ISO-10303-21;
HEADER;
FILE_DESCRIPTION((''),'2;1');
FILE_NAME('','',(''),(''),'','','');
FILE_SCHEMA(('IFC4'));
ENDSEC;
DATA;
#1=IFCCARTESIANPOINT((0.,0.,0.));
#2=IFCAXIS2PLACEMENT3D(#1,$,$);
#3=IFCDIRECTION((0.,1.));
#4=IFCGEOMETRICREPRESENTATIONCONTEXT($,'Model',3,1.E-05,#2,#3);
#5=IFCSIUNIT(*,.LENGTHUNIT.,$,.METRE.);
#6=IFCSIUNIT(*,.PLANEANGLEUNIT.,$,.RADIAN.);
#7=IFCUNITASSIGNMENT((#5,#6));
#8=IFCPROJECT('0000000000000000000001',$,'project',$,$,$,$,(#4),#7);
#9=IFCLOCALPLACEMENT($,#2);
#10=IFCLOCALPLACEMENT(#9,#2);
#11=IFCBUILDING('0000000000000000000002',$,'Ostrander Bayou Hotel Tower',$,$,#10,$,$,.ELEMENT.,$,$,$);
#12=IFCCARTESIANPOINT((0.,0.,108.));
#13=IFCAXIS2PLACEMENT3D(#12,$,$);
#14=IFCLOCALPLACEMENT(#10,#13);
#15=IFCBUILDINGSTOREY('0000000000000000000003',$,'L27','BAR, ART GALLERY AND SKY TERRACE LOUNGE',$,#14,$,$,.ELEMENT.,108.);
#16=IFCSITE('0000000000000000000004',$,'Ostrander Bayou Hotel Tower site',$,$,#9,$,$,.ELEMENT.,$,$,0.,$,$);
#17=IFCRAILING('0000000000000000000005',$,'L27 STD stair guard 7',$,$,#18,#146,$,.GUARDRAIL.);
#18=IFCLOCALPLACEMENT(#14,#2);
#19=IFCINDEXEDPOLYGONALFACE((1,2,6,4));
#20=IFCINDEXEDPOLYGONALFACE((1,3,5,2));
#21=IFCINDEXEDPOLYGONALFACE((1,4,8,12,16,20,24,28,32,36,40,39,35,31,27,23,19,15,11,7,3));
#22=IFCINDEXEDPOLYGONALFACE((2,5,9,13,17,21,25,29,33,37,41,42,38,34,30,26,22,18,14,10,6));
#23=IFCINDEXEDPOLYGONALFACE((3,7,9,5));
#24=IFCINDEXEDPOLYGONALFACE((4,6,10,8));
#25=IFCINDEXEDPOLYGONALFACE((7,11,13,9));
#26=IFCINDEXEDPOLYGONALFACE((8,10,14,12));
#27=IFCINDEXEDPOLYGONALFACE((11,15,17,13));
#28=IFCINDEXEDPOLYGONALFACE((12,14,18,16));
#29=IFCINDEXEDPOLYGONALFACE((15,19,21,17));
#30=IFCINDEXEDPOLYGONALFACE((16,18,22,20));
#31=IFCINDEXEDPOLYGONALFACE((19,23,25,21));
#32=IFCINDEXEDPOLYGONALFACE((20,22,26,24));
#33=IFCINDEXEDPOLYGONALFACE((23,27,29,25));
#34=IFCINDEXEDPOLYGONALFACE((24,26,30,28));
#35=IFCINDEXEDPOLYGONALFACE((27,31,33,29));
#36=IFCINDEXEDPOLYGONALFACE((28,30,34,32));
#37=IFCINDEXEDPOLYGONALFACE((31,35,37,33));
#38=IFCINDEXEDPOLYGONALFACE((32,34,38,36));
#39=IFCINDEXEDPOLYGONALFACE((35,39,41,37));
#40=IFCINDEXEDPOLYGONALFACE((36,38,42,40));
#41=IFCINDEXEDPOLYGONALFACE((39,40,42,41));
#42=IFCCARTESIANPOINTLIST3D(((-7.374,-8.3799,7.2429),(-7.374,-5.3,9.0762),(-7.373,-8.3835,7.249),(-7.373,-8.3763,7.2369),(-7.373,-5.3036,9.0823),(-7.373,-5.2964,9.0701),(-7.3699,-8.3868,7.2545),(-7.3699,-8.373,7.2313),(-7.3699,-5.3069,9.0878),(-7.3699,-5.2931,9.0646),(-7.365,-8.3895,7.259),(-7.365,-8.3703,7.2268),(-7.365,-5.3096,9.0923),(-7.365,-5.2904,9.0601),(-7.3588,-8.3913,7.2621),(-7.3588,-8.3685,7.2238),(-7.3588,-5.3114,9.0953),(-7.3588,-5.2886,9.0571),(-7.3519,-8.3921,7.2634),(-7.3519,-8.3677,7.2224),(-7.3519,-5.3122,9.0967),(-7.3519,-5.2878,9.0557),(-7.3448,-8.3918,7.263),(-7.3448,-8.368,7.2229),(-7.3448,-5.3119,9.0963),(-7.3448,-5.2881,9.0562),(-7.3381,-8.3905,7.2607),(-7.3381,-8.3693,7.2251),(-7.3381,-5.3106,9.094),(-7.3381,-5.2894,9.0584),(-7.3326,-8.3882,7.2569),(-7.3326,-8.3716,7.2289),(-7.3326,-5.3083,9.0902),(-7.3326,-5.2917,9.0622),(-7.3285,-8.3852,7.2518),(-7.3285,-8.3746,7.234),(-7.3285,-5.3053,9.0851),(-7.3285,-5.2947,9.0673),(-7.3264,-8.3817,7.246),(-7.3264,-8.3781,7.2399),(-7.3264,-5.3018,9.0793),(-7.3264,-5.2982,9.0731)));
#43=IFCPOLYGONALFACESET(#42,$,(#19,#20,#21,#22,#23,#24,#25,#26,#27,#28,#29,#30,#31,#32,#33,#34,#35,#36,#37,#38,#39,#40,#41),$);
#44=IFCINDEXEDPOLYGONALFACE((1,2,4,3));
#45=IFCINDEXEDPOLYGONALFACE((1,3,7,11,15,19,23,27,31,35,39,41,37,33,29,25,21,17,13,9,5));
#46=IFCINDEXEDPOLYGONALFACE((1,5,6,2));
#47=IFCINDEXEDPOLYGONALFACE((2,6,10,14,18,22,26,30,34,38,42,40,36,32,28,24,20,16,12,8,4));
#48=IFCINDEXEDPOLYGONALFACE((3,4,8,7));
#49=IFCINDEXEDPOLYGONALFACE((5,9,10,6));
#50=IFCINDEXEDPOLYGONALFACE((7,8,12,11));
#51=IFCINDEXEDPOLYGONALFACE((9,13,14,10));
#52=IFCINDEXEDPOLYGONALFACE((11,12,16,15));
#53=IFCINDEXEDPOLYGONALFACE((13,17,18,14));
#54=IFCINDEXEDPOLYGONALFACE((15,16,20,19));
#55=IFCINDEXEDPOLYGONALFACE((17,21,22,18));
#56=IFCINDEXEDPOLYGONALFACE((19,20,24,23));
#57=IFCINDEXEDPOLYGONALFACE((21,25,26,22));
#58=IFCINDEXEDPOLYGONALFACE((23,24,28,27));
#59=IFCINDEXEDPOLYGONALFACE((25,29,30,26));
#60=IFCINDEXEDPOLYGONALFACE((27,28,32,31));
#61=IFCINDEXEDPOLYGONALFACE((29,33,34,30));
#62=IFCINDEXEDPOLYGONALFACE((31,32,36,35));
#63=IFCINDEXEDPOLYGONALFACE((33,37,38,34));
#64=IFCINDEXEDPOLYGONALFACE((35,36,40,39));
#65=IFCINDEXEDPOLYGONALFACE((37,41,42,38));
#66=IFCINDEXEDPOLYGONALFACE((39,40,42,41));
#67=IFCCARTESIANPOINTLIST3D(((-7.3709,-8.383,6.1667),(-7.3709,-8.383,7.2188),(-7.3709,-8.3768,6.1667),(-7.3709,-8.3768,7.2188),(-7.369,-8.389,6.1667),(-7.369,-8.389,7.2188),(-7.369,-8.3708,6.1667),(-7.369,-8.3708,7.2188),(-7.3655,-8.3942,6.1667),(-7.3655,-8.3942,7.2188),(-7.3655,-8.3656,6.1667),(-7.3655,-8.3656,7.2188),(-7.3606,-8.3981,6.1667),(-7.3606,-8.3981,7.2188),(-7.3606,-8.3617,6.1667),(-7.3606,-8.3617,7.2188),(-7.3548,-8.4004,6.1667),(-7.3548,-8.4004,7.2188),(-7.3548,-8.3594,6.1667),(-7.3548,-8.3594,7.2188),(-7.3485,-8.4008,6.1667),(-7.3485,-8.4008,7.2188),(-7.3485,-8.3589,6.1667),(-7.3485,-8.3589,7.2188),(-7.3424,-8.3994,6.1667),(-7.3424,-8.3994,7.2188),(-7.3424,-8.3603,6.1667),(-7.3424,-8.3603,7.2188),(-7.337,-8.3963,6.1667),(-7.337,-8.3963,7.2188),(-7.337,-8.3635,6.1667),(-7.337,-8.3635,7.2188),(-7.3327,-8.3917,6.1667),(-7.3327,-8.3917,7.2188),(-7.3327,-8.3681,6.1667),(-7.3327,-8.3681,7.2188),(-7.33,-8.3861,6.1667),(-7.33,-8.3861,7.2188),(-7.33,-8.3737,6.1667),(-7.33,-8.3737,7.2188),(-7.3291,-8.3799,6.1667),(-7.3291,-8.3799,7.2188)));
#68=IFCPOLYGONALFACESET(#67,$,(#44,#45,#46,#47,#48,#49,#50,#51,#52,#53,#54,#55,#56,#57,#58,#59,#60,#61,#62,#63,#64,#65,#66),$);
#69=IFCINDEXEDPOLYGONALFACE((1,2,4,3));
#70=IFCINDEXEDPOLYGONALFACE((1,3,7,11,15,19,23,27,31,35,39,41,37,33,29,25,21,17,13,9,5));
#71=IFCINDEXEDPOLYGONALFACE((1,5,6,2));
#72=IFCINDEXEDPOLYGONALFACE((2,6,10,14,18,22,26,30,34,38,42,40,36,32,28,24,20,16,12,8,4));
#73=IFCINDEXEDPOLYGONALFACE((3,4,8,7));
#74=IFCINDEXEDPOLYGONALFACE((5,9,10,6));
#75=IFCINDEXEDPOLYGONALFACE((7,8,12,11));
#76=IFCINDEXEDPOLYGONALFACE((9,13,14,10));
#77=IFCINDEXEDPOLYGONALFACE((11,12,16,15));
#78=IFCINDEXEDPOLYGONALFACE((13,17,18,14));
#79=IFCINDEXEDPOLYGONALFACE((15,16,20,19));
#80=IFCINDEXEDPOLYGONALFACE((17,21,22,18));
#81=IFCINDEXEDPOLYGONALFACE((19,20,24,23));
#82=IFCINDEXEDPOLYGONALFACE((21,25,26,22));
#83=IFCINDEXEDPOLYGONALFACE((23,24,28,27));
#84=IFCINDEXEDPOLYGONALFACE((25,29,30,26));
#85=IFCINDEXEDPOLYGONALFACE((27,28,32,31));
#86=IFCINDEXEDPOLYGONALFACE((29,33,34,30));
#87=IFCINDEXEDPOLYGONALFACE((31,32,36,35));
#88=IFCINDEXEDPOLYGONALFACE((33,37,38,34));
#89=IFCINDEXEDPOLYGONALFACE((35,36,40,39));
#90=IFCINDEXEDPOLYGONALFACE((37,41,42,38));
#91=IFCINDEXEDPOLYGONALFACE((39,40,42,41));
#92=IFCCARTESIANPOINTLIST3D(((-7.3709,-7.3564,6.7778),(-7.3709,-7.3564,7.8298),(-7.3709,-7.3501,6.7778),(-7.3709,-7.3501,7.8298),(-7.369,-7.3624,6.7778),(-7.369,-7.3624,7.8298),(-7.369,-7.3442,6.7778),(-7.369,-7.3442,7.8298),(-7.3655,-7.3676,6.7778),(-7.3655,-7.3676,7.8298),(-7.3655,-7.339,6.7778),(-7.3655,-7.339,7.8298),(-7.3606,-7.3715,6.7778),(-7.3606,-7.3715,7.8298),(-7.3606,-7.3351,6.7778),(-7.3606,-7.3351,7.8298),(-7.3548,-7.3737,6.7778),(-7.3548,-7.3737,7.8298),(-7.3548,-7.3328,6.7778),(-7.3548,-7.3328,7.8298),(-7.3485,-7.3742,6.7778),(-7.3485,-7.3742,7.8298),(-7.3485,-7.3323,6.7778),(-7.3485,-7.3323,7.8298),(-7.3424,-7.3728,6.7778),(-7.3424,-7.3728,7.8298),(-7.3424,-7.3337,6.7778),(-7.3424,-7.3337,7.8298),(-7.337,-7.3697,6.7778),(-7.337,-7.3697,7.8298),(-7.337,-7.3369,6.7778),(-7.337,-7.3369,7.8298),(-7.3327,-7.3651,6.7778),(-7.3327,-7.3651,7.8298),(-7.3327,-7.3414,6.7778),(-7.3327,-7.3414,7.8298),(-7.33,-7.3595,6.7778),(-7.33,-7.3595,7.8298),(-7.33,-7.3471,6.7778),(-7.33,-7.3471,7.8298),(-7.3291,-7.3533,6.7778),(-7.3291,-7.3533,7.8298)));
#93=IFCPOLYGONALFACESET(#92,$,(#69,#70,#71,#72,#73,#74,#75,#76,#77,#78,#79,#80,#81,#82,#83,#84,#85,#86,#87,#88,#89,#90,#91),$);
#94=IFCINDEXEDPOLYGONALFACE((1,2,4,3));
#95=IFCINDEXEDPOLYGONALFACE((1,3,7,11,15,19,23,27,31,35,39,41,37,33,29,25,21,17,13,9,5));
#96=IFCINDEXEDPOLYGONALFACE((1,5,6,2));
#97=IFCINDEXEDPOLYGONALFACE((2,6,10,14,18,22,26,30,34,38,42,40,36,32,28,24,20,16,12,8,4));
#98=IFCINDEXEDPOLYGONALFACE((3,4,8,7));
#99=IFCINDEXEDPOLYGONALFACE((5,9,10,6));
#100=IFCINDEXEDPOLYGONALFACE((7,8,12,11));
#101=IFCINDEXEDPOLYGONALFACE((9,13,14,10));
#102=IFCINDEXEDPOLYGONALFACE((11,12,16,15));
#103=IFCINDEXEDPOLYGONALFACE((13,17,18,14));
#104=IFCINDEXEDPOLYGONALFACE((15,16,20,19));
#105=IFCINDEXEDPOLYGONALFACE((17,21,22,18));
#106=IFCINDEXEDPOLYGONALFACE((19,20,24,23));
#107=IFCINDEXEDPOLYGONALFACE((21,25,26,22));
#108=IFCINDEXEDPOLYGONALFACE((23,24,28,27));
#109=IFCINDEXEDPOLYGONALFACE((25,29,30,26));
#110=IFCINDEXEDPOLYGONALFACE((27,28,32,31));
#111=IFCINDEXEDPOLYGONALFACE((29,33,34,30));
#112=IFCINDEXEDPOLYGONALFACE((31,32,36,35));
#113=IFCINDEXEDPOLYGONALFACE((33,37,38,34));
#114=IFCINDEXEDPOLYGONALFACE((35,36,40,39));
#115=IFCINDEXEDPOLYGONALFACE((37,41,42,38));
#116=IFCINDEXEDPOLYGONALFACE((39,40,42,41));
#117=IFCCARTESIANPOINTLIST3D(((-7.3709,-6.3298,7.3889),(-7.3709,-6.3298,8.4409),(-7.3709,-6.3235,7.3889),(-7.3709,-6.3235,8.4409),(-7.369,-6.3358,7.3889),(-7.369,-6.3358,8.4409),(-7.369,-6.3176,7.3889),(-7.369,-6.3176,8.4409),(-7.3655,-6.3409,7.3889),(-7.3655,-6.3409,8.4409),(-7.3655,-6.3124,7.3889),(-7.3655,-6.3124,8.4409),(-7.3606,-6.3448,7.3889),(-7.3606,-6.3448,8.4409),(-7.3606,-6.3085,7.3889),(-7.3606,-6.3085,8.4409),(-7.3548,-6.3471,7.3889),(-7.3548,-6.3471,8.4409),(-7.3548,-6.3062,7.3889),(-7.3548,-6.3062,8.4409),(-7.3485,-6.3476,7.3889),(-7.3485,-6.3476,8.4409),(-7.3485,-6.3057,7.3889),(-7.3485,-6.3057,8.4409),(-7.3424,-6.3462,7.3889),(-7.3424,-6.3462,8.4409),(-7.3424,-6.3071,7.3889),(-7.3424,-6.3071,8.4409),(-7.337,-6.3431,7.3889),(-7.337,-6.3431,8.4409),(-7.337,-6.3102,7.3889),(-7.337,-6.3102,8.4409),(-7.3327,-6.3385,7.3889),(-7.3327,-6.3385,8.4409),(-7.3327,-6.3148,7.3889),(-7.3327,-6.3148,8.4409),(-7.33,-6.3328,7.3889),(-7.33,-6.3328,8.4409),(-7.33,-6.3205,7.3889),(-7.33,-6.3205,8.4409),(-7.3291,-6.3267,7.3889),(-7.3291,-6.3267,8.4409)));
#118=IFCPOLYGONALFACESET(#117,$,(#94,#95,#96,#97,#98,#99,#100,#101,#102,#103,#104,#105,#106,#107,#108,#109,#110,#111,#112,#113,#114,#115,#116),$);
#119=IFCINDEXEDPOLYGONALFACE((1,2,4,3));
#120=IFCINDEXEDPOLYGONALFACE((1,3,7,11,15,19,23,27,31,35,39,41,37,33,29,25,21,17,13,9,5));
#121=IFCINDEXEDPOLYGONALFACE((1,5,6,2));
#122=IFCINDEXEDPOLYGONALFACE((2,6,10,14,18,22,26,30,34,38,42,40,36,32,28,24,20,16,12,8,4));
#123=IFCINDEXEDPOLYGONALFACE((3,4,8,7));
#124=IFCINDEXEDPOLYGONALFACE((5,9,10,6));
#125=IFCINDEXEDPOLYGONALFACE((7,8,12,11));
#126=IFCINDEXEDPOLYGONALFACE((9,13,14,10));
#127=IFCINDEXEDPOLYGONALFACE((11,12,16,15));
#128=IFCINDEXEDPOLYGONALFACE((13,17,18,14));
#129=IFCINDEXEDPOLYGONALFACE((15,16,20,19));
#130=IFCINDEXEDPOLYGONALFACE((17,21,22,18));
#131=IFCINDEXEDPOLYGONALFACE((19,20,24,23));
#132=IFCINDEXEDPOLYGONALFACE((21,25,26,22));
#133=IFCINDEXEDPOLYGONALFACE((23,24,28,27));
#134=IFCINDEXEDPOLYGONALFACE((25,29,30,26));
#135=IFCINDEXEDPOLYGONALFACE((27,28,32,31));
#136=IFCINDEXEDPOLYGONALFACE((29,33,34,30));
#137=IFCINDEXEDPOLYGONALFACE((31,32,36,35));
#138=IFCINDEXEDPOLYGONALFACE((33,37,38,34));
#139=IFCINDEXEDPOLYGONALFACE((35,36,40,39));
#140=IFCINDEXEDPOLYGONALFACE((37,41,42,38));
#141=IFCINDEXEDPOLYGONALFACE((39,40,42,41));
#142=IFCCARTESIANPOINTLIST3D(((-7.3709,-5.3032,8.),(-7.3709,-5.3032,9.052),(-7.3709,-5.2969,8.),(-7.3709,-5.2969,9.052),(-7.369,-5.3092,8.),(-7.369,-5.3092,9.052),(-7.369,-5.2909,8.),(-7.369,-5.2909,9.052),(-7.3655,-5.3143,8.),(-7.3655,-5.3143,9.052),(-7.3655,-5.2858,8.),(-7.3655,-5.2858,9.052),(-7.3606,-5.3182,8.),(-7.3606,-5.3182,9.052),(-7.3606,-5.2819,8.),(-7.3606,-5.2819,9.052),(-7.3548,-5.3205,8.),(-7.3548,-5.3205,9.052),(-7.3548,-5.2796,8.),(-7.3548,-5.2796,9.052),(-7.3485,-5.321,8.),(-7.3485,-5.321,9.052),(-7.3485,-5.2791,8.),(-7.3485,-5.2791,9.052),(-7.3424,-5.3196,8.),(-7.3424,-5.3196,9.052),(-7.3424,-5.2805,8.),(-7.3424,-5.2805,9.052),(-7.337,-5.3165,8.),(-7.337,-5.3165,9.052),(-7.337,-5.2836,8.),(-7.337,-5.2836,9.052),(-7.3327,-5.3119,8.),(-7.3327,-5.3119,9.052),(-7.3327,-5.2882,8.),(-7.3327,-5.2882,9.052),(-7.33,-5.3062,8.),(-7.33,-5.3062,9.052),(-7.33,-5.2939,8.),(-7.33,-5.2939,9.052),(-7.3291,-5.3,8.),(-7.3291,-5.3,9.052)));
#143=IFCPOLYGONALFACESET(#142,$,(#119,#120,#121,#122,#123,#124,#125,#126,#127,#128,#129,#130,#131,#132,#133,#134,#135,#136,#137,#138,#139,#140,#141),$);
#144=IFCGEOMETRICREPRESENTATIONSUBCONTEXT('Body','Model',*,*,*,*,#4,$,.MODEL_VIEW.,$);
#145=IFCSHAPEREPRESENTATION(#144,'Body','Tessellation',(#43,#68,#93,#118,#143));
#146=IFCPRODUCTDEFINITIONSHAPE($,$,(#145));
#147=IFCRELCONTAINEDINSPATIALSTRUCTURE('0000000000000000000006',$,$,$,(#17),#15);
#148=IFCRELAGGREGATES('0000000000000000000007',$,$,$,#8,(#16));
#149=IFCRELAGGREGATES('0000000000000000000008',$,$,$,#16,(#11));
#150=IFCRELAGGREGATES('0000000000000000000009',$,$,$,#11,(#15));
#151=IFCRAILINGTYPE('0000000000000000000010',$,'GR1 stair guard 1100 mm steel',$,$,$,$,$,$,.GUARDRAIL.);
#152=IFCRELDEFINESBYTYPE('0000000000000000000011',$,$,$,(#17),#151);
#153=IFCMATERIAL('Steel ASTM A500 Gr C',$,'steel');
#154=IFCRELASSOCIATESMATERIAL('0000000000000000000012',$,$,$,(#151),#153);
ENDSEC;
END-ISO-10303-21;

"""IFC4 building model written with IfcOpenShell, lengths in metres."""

from ifc_helpers import new_model, si_unit, direction, frame, origin, origin_2d, place, context, subcontext, project, spatial, circle, extrude, material, type_object, element, save


model = new_model("IFC4")

# Units and contexts
model_context = context("Model", 3, precision=1e-05, world=origin(), true_north=direction((0.0, 1.0)))
body_context = subcontext(model_context, "Body", "Model", "MODEL_VIEW")
ifc_project = project(units=[si_unit("LENGTHUNIT", "METRE"), si_unit("PLANEANGLEUNIT", "RADIAN")], contexts=[model_context])

# Site, building, storey
site_placement = place(None, origin())
site = spatial("IfcSite", under=ifc_project, at=site_placement, Name="Ostrander Bayou Hotel Tower site", CompositionType="ELEMENT", RefElevation=0.0)
building_placement = place(site_placement, origin())
building = spatial("IfcBuilding", under=site, at=building_placement, Name="Ostrander Bayou Hotel Tower", CompositionType="ELEMENT")
storey_placement = place(building_placement, frame((0.0, 0.0, 108.0)))
storey = spatial("IfcBuildingStorey", under=building, at=storey_placement, Name="L27", Description="BAR, ART GALLERY AND SKY TERRACE LOUNGE", CompositionType="ELEMENT", Elevation=108.0)

# Railing
ifc_material_1 = material(Name="Steel ASTM A500 Gr C", Category="steel")
railing_type_1 = type_object("IfcRailingType", Name="GR1 stair guard 1100 mm steel", PredefinedType="GUARDRAIL", material=ifc_material_1)
railing_1_placement = place(storey_placement, frame((-7.3501, -8.3799, 6.1667)))
element("IfcRailing", 1, at=railing_1_placement, inside=storey, type_object=railing_type_1, Name="L27 STD stair guard 7", PredefinedType="GUARDRAIL", context=body_context, shape_type="SweptSolid", body=[
    extrude(circle(Radius=0.0239, at=origin_2d()), frame((0.0, 0.0, 1.0762), z_axis=(0.0, 0.859291, 0.511487), x_axis=(-1.0, 0.0, 0.0)), (0.0, 0.0, 1.0), 3.5842),
    extrude(circle(Radius=0.021, at=origin_2d()), origin(), (0.0, 0.0, 1.0), 1.052),
    extrude(circle(Radius=0.021, at=origin_2d()), frame((0.0, 1.0266, 0.6111)), (0.0, 0.0, 1.0), 1.052),
    extrude(circle(Radius=0.021, at=origin_2d()), frame((0.0, 2.0532, 1.2222)), (0.0, 0.0, 1.0), 1.052),
    extrude(circle(Radius=0.021, at=origin_2d()), frame((0.0, 3.0798, 1.8333)), (0.0, 0.0, 1.0), 1.052),
])

save(model, "model.ifc")
